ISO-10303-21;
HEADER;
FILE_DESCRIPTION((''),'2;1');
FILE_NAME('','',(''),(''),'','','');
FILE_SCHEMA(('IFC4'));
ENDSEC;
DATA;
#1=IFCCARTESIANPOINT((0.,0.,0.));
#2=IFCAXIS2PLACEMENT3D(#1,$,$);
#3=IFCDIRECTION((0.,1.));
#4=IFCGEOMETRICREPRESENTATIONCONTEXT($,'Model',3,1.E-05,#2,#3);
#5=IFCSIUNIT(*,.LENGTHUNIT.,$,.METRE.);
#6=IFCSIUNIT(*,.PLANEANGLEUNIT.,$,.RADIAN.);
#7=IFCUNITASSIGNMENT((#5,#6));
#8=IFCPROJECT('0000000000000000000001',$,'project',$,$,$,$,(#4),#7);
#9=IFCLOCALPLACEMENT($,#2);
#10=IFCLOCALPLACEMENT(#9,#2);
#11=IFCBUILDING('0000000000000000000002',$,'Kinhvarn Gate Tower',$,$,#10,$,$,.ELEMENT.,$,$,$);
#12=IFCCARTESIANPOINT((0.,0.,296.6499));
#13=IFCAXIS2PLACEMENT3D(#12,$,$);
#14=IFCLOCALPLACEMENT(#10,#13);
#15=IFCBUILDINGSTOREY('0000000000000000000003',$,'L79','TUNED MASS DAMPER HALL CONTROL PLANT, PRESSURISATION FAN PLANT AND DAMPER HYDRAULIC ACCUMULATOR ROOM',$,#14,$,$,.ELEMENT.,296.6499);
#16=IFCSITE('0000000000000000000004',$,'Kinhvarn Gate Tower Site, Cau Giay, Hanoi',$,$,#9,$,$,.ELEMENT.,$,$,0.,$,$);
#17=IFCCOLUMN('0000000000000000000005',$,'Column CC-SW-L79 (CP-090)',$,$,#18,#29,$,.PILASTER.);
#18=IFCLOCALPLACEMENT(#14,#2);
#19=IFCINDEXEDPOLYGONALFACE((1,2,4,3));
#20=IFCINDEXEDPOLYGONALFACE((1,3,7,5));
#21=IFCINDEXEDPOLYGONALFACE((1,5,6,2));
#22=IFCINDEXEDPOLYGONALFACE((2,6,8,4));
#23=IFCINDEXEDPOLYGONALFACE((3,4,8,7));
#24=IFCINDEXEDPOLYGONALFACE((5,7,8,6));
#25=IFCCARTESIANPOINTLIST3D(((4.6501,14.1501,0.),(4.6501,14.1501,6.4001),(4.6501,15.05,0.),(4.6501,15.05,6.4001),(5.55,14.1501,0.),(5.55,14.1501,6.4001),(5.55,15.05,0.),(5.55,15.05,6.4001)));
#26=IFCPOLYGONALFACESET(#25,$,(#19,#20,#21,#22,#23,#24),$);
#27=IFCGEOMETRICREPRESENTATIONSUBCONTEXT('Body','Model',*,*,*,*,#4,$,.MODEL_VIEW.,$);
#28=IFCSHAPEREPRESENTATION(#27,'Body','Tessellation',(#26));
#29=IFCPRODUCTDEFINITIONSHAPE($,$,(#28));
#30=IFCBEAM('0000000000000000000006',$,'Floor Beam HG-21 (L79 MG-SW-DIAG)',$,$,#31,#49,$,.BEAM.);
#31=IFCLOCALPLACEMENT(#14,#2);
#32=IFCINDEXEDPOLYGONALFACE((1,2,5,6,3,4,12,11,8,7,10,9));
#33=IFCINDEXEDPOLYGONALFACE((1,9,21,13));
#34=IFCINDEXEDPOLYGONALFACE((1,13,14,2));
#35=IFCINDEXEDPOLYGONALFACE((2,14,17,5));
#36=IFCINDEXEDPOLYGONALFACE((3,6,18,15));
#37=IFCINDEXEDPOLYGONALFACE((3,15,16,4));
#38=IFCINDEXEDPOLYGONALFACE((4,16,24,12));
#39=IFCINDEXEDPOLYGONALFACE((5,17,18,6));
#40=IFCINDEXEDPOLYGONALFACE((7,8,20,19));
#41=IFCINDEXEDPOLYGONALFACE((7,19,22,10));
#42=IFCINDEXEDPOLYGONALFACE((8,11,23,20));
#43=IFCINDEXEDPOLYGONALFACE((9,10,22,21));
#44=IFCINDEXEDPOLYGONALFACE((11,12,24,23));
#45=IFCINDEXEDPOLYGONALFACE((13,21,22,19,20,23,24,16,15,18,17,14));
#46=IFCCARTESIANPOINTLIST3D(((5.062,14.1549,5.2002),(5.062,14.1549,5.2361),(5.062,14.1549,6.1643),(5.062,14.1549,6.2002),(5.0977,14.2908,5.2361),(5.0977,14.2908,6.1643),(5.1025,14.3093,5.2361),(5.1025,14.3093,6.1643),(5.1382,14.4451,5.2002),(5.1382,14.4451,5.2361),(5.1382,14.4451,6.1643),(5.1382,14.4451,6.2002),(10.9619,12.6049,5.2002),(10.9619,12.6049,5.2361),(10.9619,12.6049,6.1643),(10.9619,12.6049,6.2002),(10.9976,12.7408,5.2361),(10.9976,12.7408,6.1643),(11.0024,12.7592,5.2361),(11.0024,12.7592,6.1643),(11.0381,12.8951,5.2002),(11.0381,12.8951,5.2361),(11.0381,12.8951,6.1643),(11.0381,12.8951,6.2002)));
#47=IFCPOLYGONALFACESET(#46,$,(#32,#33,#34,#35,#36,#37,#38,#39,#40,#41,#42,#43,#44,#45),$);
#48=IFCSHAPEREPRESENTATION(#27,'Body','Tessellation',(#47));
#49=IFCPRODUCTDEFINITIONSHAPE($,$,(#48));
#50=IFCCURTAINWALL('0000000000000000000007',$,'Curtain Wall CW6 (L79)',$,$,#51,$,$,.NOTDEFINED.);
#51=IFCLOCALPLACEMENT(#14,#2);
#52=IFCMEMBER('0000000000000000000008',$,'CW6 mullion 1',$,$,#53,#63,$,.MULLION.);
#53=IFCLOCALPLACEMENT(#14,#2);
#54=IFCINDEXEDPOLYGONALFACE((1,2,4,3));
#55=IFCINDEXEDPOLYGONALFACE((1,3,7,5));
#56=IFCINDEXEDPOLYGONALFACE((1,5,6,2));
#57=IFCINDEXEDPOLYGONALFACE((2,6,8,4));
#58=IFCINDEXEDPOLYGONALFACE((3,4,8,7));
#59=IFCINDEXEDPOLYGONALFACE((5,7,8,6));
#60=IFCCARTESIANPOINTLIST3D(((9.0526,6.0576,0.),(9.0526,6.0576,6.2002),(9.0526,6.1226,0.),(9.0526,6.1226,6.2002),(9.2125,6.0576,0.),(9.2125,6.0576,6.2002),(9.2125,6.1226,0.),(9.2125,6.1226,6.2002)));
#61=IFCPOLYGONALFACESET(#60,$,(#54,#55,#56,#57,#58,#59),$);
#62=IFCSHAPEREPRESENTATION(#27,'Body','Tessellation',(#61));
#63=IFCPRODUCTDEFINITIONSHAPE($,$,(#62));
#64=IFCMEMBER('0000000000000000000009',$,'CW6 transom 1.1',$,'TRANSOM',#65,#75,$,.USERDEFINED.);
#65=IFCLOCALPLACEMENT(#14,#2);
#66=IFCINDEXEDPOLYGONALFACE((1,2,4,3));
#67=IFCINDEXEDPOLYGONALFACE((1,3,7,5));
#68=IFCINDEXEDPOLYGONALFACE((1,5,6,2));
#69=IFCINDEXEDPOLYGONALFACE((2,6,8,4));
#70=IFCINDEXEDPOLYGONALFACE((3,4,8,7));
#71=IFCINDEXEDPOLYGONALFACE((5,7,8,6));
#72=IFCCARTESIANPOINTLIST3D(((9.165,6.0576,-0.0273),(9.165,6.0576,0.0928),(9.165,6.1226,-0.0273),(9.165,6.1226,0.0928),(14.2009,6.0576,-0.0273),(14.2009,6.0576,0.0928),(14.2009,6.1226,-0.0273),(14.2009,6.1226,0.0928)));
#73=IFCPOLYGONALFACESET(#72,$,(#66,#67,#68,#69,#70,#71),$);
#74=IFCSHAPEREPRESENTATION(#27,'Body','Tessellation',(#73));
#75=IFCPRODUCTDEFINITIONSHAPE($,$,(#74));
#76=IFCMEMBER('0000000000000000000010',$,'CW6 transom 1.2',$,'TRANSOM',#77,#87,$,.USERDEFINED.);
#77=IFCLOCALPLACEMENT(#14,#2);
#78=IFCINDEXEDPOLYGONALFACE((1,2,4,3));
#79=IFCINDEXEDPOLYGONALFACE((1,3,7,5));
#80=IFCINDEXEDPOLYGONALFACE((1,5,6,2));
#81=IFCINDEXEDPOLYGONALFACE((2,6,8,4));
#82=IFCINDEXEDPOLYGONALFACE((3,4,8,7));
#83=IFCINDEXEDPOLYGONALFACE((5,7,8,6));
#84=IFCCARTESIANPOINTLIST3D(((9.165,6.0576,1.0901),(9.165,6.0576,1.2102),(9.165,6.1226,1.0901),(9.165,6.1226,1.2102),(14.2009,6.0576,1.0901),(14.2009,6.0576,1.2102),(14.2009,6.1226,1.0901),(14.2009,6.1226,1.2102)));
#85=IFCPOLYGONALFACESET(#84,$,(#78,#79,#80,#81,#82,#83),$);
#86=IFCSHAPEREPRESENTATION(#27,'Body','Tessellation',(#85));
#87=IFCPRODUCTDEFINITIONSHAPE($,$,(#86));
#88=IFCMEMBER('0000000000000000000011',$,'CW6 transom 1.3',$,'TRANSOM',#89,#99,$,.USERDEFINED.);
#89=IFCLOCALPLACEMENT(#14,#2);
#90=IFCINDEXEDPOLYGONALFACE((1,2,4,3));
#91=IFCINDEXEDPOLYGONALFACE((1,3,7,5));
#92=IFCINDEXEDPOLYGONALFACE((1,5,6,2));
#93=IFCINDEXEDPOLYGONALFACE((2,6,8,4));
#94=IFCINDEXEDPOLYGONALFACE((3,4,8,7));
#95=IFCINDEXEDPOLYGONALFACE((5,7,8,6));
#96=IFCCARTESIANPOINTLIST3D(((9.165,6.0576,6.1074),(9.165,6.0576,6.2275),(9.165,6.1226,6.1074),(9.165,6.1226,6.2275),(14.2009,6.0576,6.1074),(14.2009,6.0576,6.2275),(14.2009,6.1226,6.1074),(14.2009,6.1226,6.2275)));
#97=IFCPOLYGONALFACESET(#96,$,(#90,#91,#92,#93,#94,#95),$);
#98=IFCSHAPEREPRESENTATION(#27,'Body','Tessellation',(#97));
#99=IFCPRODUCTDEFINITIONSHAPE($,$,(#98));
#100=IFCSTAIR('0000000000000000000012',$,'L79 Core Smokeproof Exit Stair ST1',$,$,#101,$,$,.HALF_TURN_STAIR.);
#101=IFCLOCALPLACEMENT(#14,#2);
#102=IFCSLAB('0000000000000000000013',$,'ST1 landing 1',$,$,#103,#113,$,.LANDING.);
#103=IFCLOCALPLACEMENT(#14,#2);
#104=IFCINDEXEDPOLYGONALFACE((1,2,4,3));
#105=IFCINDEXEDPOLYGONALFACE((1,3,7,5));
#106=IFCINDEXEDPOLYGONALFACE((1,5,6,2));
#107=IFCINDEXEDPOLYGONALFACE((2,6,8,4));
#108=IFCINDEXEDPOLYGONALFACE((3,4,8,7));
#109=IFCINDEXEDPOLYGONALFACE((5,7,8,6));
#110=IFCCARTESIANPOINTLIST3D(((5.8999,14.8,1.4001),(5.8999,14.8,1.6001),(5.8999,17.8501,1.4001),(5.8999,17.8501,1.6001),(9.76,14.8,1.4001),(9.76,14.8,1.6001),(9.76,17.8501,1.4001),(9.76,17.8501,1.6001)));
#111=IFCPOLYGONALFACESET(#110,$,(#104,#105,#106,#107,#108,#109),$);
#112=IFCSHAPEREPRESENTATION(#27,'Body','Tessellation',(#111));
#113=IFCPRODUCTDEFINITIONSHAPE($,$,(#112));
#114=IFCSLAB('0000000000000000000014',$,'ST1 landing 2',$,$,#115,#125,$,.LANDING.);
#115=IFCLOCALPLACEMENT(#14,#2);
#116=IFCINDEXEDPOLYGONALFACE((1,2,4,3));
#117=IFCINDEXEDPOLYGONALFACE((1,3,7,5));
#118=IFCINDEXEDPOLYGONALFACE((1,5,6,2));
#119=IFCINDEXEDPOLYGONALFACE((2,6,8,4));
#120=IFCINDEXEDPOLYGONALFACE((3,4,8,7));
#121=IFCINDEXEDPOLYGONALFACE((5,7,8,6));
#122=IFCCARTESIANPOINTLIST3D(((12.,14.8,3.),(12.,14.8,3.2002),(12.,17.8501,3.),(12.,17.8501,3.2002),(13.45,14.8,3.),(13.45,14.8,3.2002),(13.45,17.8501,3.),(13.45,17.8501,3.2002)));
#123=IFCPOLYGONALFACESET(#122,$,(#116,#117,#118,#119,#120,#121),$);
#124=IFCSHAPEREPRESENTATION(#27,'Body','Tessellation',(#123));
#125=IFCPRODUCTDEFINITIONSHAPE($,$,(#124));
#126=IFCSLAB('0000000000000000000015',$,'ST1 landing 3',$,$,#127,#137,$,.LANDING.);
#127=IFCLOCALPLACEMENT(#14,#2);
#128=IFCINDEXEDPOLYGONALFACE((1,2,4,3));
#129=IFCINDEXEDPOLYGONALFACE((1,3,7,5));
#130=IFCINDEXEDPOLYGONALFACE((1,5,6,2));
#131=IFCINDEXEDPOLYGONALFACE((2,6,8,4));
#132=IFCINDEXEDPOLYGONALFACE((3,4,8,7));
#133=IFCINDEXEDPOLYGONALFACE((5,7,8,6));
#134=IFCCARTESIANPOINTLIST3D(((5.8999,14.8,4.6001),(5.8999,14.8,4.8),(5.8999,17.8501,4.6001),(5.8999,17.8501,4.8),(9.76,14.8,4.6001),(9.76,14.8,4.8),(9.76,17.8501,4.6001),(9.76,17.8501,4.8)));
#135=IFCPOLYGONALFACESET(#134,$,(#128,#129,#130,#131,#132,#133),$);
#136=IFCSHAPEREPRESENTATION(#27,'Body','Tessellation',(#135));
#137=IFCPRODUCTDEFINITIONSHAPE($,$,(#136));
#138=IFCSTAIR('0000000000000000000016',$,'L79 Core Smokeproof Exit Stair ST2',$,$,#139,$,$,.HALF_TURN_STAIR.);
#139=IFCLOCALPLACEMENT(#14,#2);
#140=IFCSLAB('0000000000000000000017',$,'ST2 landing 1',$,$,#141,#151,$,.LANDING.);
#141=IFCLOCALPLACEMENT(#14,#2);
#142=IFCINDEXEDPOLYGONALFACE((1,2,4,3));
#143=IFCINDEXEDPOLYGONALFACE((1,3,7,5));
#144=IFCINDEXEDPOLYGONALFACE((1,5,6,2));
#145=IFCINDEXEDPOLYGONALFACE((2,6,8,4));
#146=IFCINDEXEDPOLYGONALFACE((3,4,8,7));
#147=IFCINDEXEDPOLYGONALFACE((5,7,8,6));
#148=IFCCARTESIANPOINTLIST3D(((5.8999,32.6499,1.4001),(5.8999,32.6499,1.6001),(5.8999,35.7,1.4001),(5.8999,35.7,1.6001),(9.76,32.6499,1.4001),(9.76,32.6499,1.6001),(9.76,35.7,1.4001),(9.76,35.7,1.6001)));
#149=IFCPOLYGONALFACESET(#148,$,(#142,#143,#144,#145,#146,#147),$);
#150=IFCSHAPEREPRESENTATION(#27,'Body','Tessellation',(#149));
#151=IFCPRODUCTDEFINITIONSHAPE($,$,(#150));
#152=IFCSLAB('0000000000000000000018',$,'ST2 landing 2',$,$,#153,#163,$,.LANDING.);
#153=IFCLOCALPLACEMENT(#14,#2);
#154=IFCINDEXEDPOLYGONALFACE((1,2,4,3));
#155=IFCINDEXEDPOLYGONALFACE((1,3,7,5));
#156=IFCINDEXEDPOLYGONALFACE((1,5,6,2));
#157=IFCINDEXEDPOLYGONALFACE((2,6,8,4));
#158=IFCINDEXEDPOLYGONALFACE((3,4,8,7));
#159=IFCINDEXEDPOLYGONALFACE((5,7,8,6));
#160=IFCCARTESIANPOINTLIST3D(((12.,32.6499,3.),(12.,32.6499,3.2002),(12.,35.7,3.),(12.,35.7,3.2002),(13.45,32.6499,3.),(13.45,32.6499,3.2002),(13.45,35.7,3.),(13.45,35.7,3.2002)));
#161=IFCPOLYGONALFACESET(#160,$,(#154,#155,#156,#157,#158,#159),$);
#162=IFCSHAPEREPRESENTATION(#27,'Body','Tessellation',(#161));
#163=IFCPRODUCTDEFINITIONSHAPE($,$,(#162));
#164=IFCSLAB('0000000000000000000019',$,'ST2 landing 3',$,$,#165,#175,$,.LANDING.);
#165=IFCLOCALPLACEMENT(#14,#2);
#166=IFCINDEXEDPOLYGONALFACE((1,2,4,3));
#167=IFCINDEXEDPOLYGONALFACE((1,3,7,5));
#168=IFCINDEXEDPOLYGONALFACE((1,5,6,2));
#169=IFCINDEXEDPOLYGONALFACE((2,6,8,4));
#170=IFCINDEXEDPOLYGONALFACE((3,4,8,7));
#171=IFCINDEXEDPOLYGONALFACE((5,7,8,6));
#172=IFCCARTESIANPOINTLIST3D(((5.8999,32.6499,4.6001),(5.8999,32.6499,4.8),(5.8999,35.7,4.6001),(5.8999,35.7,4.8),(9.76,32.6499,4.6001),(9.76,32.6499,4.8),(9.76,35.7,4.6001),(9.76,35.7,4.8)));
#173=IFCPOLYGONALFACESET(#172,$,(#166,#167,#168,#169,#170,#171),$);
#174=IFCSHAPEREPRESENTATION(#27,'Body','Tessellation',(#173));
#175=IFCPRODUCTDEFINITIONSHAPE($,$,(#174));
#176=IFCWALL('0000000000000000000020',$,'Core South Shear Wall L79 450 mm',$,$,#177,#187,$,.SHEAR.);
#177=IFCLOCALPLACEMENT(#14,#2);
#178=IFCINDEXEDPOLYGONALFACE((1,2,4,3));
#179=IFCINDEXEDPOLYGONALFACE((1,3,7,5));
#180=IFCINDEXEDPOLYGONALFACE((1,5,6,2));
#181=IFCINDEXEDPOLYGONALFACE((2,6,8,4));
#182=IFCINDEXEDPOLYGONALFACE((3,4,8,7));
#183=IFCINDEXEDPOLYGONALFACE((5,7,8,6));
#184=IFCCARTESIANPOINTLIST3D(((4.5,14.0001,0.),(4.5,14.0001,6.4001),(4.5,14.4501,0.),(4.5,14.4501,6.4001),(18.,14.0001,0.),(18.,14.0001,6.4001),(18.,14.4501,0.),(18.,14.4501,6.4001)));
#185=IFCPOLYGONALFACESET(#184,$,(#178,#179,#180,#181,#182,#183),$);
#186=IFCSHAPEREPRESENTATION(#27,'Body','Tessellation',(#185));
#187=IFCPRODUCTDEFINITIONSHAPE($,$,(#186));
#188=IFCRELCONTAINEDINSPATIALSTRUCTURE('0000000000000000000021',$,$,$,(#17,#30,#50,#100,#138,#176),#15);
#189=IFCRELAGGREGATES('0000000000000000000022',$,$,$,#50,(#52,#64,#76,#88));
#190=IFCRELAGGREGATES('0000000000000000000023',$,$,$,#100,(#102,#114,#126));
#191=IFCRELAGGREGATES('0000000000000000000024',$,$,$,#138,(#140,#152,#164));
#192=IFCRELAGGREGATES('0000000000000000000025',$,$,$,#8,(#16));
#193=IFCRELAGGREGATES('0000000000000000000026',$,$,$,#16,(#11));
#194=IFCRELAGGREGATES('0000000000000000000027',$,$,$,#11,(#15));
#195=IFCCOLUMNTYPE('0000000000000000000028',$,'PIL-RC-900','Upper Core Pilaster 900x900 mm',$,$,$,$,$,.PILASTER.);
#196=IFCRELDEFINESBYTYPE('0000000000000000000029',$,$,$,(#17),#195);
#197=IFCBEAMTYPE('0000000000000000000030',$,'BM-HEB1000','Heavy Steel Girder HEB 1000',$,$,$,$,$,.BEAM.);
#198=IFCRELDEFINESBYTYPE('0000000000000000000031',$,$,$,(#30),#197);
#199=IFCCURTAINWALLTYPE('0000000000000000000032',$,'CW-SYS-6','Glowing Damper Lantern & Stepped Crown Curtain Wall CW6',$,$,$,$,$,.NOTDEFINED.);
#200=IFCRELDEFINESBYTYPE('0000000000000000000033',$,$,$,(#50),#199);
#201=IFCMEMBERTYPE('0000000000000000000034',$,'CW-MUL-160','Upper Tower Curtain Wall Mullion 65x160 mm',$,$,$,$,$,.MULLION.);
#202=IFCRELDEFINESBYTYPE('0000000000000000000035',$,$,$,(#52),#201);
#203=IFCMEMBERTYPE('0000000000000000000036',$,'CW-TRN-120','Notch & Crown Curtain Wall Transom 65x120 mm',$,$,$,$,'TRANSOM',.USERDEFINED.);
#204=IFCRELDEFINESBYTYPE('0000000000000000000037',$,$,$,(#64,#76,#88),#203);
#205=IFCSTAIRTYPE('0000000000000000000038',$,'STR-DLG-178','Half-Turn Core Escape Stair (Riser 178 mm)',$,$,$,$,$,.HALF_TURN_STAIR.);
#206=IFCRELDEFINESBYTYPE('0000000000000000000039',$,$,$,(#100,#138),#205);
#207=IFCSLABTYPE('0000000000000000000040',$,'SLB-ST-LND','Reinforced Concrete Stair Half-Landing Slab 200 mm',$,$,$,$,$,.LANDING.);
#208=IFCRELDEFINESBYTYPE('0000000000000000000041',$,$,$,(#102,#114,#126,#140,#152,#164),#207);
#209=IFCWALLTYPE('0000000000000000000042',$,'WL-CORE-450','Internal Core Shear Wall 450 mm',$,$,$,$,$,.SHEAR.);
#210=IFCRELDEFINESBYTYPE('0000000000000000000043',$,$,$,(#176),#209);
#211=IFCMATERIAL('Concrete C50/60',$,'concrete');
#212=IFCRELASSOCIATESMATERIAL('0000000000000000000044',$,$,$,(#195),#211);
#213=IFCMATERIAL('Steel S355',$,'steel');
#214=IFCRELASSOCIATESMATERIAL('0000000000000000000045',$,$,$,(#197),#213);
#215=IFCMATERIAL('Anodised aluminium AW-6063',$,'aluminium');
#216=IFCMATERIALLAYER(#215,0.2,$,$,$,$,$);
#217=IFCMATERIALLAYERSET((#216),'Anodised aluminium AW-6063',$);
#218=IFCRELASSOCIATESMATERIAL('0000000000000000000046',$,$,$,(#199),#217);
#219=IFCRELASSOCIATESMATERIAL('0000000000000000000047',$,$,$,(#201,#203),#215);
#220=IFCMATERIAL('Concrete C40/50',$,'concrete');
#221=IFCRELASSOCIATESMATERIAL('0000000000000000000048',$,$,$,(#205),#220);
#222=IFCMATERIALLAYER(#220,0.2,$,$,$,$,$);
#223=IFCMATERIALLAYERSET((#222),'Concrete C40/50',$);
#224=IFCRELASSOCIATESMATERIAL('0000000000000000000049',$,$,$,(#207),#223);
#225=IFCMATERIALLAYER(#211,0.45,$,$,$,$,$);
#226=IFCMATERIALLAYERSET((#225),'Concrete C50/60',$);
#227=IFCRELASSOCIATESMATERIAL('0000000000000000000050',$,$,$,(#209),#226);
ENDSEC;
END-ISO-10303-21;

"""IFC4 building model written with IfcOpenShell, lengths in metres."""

from ifc_helpers import new_model, si_unit, direction, frame, frame_2d, origin, origin_2d, place, context, subcontext, project, spatial, polyline, rectangle, i_section, outline, extrude, material, layer, layer_set, material_profile, profile_set, type_object, element, aggregate, save


model = new_model("IFC4")

# Units and contexts
model_context = context("Model", 3, precision=1e-05, world=origin(), true_north=direction((0.0, 1.0)))
body_context = subcontext(model_context, "Body", "Model", "MODEL_VIEW")
ifc_project = project(units=[si_unit("LENGTHUNIT", "METRE"), si_unit("PLANEANGLEUNIT", "RADIAN")], contexts=[model_context])

# Site, building, storey
site_placement = place(None, origin())
site = spatial("IfcSite", under=ifc_project, at=site_placement, Name="Kinhvarn Gate Tower Site, Cau Giay, Hanoi", CompositionType="ELEMENT", RefElevation=0.0)
building_placement = place(site_placement, origin())
building = spatial("IfcBuilding", under=site, at=building_placement, Name="Kinhvarn Gate Tower", CompositionType="ELEMENT")
storey_placement = place(building_placement, frame((0.0, 0.0, 296.6499)))
storey = spatial("IfcBuildingStorey", under=building, at=storey_placement, Name="L79", Description="TUNED MASS DAMPER HALL CONTROL PLANT, PRESSURISATION FAN PLANT AND DAMPER HYDRAULIC ACCUMULATOR ROOM", CompositionType="ELEMENT", Elevation=296.6499)

# Column
ifc_material_1 = material(Name="Concrete C50/60", Category="concrete")
ifc_material_profile_1 = material_profile(ifc_material_1, rectangle(XDim=0.8999, YDim=0.8999, at=origin_2d()), Name="RC 900x900")
ifc_profile_set_1 = profile_set([ifc_material_profile_1], Name="Concrete C50/60")
column_type = type_object("IfcColumnType", Name="PIL-RC-900", Description="Upper Core Pilaster 900x900 mm", PredefinedType="PILASTER", material=ifc_profile_set_1)
column_placement = place(storey_placement, frame((5.1001, 14.6001, 0.0), z_axis=(0.0, 0.0, 1.0), x_axis=(1.0, 0.0, 0.0)))
element("IfcColumn", 1, at=column_placement, inside=storey, type_object=column_type, Name="Column CC-SW-L79 (CP-090)", PredefinedType="PILASTER", context=body_context, shape_type="SweptSolid", body=[
    extrude(rectangle(XDim=0.8999, YDim=0.8999, at=origin_2d()), origin(), (0.0, 0.0, 1.0), 6.4001),
])

# Beam
ifc_material_2 = material(Name="Steel S355", Category="steel")
ifc_material_profile_2 = material_profile(ifc_material_2, i_section(OverallWidth=0.3, OverallDepth=1.0, WebThickness=0.019, FlangeThickness=0.0359, at=origin_2d()), Name="HEB 1000")
ifc_profile_set_2 = profile_set([ifc_material_profile_2], Name="Steel S355")
beam_type = type_object("IfcBeamType", Name="BM-HEB1000", Description="Heavy Steel Girder HEB 1000", PredefinedType="BEAM", material=ifc_profile_set_2)
beam_placement = place(storey_placement, frame((5.1001, 14.3, 5.7002), z_axis=(0.967178, -0.254101, 0.0), x_axis=(0.254101, 0.967178, 0.0)))
element("IfcBeam", 2, at=beam_placement, inside=storey, type_object=beam_type, Name="Floor Beam HG-21 (L79 MG-SW-DIAG)", PredefinedType="BEAM", context=body_context, shape_type="SweptSolid", body=[
    extrude(i_section(OverallWidth=0.3, OverallDepth=1.0, WebThickness=0.019, FlangeThickness=0.0359, at=origin_2d()), origin(), (0.0, 0.0, 1.0), 6.1001),
])

# Curtain wall, members
ifc_material_3 = material(Name="Anodised aluminium AW-6063", Category="aluminium")
ifc_layer_1 = layer(ifc_material_3, 0.2)
ifc_layer_set_1 = layer_set([ifc_layer_1], Name="Anodised aluminium AW-6063")
curtain_wall_type = type_object("IfcCurtainWallType", Name="CW-SYS-6", Description="Glowing Damper Lantern & Stepped Crown Curtain Wall CW6", PredefinedType="NOTDEFINED", material=ifc_layer_set_1)
curtain_wall_placement = place(storey_placement, origin())
curtain_wall = element("IfcCurtainWall", 3, at=curtain_wall_placement, inside=storey, type_object=curtain_wall_type, Name="Curtain Wall CW6 (L79)", PredefinedType="NOTDEFINED")
ifc_material_profile_3 = material_profile(ifc_material_3, rectangle(XDim=0.0649, YDim=0.1599, at=origin_2d()), Name="ALU 65x160")
ifc_profile_set_3 = profile_set([ifc_material_profile_3], Name="Anodised aluminium AW-6063")
member_type_1 = type_object("IfcMemberType", Name="CW-MUL-160", Description="Upper Tower Curtain Wall Mullion 65x160 mm", PredefinedType="MULLION", material=ifc_profile_set_3)
member_1_placement = place(storey_placement, frame((9.1326, 6.0901, 0.0), z_axis=(0.0, 0.0, 1.0), x_axis=(0.0, 1.0, 0.0)))
member_1 = element("IfcMember", 4, at=member_1_placement, type_object=member_type_1, Name="CW6 mullion 1", PredefinedType="MULLION", context=body_context, shape_type="SweptSolid", body=[
    extrude(rectangle(XDim=0.0649, YDim=0.1599, at=origin_2d()), origin(), (0.0, 0.0, 1.0), 6.2002),
])
ifc_material_profile_4 = material_profile(ifc_material_3, rectangle(XDim=0.0649, YDim=0.1201, at=origin_2d()), Name="ALU 65x120")
ifc_profile_set_4 = profile_set([ifc_material_profile_4], Name="Anodised aluminium AW-6063")
member_type_2 = type_object("IfcMemberType", Name="CW-TRN-120", Description="Notch & Crown Curtain Wall Transom 65x120 mm", ElementType="TRANSOM", PredefinedType="USERDEFINED", material=ifc_profile_set_4)
member_2_placement = place(storey_placement, frame((9.165, 6.0901, 0.0327), z_axis=(1.0, 0.0, 0.0), x_axis=(0.0, 1.0, 0.0)))
member_2 = element("IfcMember", 5, at=member_2_placement, type_object=member_type_2, Name="CW6 transom 1.1", ObjectType="TRANSOM", PredefinedType="USERDEFINED", context=body_context, shape_type="SweptSolid", body=[
    extrude(rectangle(XDim=0.0649, YDim=0.1201, at=origin_2d()), origin(), (0.0, 0.0, 1.0), 5.0359),
])
member_3_placement = place(storey_placement, frame((9.165, 6.0901, 1.1501), z_axis=(1.0, 0.0, 0.0), x_axis=(0.0, 1.0, 0.0)))
member_3 = element("IfcMember", 6, at=member_3_placement, type_object=member_type_2, Name="CW6 transom 1.2", ObjectType="TRANSOM", PredefinedType="USERDEFINED", context=body_context, shape_type="SweptSolid", body=[
    extrude(rectangle(XDim=0.0649, YDim=0.1201, at=origin_2d()), origin(), (0.0, 0.0, 1.0), 5.0359),
])
member_4_placement = place(storey_placement, frame((9.165, 6.0901, 6.1675), z_axis=(1.0, 0.0, 0.0), x_axis=(0.0, 1.0, 0.0)))
member_4 = element("IfcMember", 7, at=member_4_placement, type_object=member_type_2, Name="CW6 transom 1.3", ObjectType="TRANSOM", PredefinedType="USERDEFINED", context=body_context, shape_type="SweptSolid", body=[
    extrude(rectangle(XDim=0.0649, YDim=0.1201, at=origin_2d()), origin(), (0.0, 0.0, 1.0), 5.0359),
])
aggregate(curtain_wall, [member_1, member_2, member_3, member_4])

# Stairs, slabs
ifc_material_4 = material(Name="Concrete C40/50", Category="concrete")
stair_type = type_object("IfcStairType", Name="STR-DLG-178", Description="Half-Turn Core Escape Stair (Riser 178 mm)", PredefinedType="HALF_TURN_STAIR", material=ifc_material_4)
stair_1_placement = place(storey_placement, origin())
stair_1 = element("IfcStair", 8, at=stair_1_placement, inside=storey, type_object=stair_type, Name="L79 Core Smokeproof Exit Stair ST1", PredefinedType="HALF_TURN_STAIR")
ifc_layer_2 = layer(ifc_material_4, 0.2)
ifc_layer_set_2 = layer_set([ifc_layer_2], Name="Concrete C40/50")
slab_type = type_object("IfcSlabType", Name="SLB-ST-LND", Description="Reinforced Concrete Stair Half-Landing Slab 200 mm", PredefinedType="LANDING", material=ifc_layer_set_2)
slab_1_placement = place(storey_placement, frame((0.0, 0.0, 1.4001)))
slab_1 = element("IfcSlab", 9, at=slab_1_placement, type_object=slab_type, Name="ST1 landing 1", PredefinedType="LANDING", context=body_context, shape_type="SweptSolid", body=[
    extrude(outline(polyline([(9.76, 17.8501), (5.8999, 17.8501), (5.8999, 14.8), (9.76, 14.8), (9.76, 17.8501)])), origin(), (0.0, 0.0, 1.0), 0.2),
])
slab_2_placement = place(storey_placement, frame((0.0, 0.0, 3.0)))
slab_2 = element("IfcSlab", 10, at=slab_2_placement, type_object=slab_type, Name="ST1 landing 2", PredefinedType="LANDING", context=body_context, shape_type="SweptSolid", body=[
    extrude(outline(polyline([(13.45, 17.8501), (12.0, 17.8501), (12.0, 14.8), (13.45, 14.8), (13.45, 17.8501)])), origin(), (0.0, 0.0, 1.0), 0.2002),
])
slab_3_placement = place(storey_placement, frame((0.0, 0.0, 4.6001)))
slab_3 = element("IfcSlab", 11, at=slab_3_placement, type_object=slab_type, Name="ST1 landing 3", PredefinedType="LANDING", context=body_context, shape_type="SweptSolid", body=[
    extrude(outline(polyline([(9.76, 17.8501), (5.8999, 17.8501), (5.8999, 14.8), (9.76, 14.8), (9.76, 17.8501)])), origin(), (0.0, 0.0, 1.0), 0.2),
])
aggregate(stair_1, [slab_1, slab_2, slab_3])
stair_2_placement = place(storey_placement, origin())
stair_2 = element("IfcStair", 12, at=stair_2_placement, inside=storey, type_object=stair_type, Name="L79 Core Smokeproof Exit Stair ST2", PredefinedType="HALF_TURN_STAIR")
slab_4_placement = place(storey_placement, frame((0.0, 0.0, 1.4001)))
slab_4 = element("IfcSlab", 13, at=slab_4_placement, type_object=slab_type, Name="ST2 landing 1", PredefinedType="LANDING", context=body_context, shape_type="SweptSolid", body=[
    extrude(outline(polyline([(9.76, 35.7), (5.8999, 35.7), (5.8999, 32.6499), (9.76, 32.6499), (9.76, 35.7)])), origin(), (0.0, 0.0, 1.0), 0.2),
])
slab_5_placement = place(storey_placement, frame((0.0, 0.0, 3.0)))
slab_5 = element("IfcSlab", 14, at=slab_5_placement, type_object=slab_type, Name="ST2 landing 2", PredefinedType="LANDING", context=body_context, shape_type="SweptSolid", body=[
    extrude(outline(polyline([(13.45, 35.7), (12.0, 35.7), (12.0, 32.6499), (13.45, 32.6499), (13.45, 35.7)])), origin(), (0.0, 0.0, 1.0), 0.2002),
])
slab_6_placement = place(storey_placement, frame((0.0, 0.0, 4.6001)))
slab_6 = element("IfcSlab", 15, at=slab_6_placement, type_object=slab_type, Name="ST2 landing 3", PredefinedType="LANDING", context=body_context, shape_type="SweptSolid", body=[
    extrude(outline(polyline([(9.76, 35.7), (5.8999, 35.7), (5.8999, 32.6499), (9.76, 32.6499), (9.76, 35.7)])), origin(), (0.0, 0.0, 1.0), 0.2),
])
aggregate(stair_2, [slab_4, slab_5, slab_6])

# Wall
ifc_layer_3 = layer(ifc_material_1, 0.45)
ifc_layer_set_3 = layer_set([ifc_layer_3], Name="Concrete C50/60")
wall_type_1 = type_object("IfcWallType", Name="WL-CORE-450", Description="Internal Core Shear Wall 450 mm", PredefinedType="SHEAR", material=ifc_layer_set_3)
wall_1_placement = place(storey_placement, frame((4.5, 14.2251, 0.0), z_axis=(0.0, 0.0, 1.0), x_axis=(1.0, 0.0, 0.0)))
element("IfcWall", 16, at=wall_1_placement, inside=storey, type_object=wall_type_1, Name="Core South Shear Wall L79 450 mm", PredefinedType="SHEAR", context=body_context, shape_type="SweptSolid", body=[
    extrude(rectangle(XDim=13.5, YDim=0.45, at=frame_2d((6.75, 0.0))), origin(), (0.0, 0.0, 1.0), 6.4001),
])

save(model, "model.ifc")
